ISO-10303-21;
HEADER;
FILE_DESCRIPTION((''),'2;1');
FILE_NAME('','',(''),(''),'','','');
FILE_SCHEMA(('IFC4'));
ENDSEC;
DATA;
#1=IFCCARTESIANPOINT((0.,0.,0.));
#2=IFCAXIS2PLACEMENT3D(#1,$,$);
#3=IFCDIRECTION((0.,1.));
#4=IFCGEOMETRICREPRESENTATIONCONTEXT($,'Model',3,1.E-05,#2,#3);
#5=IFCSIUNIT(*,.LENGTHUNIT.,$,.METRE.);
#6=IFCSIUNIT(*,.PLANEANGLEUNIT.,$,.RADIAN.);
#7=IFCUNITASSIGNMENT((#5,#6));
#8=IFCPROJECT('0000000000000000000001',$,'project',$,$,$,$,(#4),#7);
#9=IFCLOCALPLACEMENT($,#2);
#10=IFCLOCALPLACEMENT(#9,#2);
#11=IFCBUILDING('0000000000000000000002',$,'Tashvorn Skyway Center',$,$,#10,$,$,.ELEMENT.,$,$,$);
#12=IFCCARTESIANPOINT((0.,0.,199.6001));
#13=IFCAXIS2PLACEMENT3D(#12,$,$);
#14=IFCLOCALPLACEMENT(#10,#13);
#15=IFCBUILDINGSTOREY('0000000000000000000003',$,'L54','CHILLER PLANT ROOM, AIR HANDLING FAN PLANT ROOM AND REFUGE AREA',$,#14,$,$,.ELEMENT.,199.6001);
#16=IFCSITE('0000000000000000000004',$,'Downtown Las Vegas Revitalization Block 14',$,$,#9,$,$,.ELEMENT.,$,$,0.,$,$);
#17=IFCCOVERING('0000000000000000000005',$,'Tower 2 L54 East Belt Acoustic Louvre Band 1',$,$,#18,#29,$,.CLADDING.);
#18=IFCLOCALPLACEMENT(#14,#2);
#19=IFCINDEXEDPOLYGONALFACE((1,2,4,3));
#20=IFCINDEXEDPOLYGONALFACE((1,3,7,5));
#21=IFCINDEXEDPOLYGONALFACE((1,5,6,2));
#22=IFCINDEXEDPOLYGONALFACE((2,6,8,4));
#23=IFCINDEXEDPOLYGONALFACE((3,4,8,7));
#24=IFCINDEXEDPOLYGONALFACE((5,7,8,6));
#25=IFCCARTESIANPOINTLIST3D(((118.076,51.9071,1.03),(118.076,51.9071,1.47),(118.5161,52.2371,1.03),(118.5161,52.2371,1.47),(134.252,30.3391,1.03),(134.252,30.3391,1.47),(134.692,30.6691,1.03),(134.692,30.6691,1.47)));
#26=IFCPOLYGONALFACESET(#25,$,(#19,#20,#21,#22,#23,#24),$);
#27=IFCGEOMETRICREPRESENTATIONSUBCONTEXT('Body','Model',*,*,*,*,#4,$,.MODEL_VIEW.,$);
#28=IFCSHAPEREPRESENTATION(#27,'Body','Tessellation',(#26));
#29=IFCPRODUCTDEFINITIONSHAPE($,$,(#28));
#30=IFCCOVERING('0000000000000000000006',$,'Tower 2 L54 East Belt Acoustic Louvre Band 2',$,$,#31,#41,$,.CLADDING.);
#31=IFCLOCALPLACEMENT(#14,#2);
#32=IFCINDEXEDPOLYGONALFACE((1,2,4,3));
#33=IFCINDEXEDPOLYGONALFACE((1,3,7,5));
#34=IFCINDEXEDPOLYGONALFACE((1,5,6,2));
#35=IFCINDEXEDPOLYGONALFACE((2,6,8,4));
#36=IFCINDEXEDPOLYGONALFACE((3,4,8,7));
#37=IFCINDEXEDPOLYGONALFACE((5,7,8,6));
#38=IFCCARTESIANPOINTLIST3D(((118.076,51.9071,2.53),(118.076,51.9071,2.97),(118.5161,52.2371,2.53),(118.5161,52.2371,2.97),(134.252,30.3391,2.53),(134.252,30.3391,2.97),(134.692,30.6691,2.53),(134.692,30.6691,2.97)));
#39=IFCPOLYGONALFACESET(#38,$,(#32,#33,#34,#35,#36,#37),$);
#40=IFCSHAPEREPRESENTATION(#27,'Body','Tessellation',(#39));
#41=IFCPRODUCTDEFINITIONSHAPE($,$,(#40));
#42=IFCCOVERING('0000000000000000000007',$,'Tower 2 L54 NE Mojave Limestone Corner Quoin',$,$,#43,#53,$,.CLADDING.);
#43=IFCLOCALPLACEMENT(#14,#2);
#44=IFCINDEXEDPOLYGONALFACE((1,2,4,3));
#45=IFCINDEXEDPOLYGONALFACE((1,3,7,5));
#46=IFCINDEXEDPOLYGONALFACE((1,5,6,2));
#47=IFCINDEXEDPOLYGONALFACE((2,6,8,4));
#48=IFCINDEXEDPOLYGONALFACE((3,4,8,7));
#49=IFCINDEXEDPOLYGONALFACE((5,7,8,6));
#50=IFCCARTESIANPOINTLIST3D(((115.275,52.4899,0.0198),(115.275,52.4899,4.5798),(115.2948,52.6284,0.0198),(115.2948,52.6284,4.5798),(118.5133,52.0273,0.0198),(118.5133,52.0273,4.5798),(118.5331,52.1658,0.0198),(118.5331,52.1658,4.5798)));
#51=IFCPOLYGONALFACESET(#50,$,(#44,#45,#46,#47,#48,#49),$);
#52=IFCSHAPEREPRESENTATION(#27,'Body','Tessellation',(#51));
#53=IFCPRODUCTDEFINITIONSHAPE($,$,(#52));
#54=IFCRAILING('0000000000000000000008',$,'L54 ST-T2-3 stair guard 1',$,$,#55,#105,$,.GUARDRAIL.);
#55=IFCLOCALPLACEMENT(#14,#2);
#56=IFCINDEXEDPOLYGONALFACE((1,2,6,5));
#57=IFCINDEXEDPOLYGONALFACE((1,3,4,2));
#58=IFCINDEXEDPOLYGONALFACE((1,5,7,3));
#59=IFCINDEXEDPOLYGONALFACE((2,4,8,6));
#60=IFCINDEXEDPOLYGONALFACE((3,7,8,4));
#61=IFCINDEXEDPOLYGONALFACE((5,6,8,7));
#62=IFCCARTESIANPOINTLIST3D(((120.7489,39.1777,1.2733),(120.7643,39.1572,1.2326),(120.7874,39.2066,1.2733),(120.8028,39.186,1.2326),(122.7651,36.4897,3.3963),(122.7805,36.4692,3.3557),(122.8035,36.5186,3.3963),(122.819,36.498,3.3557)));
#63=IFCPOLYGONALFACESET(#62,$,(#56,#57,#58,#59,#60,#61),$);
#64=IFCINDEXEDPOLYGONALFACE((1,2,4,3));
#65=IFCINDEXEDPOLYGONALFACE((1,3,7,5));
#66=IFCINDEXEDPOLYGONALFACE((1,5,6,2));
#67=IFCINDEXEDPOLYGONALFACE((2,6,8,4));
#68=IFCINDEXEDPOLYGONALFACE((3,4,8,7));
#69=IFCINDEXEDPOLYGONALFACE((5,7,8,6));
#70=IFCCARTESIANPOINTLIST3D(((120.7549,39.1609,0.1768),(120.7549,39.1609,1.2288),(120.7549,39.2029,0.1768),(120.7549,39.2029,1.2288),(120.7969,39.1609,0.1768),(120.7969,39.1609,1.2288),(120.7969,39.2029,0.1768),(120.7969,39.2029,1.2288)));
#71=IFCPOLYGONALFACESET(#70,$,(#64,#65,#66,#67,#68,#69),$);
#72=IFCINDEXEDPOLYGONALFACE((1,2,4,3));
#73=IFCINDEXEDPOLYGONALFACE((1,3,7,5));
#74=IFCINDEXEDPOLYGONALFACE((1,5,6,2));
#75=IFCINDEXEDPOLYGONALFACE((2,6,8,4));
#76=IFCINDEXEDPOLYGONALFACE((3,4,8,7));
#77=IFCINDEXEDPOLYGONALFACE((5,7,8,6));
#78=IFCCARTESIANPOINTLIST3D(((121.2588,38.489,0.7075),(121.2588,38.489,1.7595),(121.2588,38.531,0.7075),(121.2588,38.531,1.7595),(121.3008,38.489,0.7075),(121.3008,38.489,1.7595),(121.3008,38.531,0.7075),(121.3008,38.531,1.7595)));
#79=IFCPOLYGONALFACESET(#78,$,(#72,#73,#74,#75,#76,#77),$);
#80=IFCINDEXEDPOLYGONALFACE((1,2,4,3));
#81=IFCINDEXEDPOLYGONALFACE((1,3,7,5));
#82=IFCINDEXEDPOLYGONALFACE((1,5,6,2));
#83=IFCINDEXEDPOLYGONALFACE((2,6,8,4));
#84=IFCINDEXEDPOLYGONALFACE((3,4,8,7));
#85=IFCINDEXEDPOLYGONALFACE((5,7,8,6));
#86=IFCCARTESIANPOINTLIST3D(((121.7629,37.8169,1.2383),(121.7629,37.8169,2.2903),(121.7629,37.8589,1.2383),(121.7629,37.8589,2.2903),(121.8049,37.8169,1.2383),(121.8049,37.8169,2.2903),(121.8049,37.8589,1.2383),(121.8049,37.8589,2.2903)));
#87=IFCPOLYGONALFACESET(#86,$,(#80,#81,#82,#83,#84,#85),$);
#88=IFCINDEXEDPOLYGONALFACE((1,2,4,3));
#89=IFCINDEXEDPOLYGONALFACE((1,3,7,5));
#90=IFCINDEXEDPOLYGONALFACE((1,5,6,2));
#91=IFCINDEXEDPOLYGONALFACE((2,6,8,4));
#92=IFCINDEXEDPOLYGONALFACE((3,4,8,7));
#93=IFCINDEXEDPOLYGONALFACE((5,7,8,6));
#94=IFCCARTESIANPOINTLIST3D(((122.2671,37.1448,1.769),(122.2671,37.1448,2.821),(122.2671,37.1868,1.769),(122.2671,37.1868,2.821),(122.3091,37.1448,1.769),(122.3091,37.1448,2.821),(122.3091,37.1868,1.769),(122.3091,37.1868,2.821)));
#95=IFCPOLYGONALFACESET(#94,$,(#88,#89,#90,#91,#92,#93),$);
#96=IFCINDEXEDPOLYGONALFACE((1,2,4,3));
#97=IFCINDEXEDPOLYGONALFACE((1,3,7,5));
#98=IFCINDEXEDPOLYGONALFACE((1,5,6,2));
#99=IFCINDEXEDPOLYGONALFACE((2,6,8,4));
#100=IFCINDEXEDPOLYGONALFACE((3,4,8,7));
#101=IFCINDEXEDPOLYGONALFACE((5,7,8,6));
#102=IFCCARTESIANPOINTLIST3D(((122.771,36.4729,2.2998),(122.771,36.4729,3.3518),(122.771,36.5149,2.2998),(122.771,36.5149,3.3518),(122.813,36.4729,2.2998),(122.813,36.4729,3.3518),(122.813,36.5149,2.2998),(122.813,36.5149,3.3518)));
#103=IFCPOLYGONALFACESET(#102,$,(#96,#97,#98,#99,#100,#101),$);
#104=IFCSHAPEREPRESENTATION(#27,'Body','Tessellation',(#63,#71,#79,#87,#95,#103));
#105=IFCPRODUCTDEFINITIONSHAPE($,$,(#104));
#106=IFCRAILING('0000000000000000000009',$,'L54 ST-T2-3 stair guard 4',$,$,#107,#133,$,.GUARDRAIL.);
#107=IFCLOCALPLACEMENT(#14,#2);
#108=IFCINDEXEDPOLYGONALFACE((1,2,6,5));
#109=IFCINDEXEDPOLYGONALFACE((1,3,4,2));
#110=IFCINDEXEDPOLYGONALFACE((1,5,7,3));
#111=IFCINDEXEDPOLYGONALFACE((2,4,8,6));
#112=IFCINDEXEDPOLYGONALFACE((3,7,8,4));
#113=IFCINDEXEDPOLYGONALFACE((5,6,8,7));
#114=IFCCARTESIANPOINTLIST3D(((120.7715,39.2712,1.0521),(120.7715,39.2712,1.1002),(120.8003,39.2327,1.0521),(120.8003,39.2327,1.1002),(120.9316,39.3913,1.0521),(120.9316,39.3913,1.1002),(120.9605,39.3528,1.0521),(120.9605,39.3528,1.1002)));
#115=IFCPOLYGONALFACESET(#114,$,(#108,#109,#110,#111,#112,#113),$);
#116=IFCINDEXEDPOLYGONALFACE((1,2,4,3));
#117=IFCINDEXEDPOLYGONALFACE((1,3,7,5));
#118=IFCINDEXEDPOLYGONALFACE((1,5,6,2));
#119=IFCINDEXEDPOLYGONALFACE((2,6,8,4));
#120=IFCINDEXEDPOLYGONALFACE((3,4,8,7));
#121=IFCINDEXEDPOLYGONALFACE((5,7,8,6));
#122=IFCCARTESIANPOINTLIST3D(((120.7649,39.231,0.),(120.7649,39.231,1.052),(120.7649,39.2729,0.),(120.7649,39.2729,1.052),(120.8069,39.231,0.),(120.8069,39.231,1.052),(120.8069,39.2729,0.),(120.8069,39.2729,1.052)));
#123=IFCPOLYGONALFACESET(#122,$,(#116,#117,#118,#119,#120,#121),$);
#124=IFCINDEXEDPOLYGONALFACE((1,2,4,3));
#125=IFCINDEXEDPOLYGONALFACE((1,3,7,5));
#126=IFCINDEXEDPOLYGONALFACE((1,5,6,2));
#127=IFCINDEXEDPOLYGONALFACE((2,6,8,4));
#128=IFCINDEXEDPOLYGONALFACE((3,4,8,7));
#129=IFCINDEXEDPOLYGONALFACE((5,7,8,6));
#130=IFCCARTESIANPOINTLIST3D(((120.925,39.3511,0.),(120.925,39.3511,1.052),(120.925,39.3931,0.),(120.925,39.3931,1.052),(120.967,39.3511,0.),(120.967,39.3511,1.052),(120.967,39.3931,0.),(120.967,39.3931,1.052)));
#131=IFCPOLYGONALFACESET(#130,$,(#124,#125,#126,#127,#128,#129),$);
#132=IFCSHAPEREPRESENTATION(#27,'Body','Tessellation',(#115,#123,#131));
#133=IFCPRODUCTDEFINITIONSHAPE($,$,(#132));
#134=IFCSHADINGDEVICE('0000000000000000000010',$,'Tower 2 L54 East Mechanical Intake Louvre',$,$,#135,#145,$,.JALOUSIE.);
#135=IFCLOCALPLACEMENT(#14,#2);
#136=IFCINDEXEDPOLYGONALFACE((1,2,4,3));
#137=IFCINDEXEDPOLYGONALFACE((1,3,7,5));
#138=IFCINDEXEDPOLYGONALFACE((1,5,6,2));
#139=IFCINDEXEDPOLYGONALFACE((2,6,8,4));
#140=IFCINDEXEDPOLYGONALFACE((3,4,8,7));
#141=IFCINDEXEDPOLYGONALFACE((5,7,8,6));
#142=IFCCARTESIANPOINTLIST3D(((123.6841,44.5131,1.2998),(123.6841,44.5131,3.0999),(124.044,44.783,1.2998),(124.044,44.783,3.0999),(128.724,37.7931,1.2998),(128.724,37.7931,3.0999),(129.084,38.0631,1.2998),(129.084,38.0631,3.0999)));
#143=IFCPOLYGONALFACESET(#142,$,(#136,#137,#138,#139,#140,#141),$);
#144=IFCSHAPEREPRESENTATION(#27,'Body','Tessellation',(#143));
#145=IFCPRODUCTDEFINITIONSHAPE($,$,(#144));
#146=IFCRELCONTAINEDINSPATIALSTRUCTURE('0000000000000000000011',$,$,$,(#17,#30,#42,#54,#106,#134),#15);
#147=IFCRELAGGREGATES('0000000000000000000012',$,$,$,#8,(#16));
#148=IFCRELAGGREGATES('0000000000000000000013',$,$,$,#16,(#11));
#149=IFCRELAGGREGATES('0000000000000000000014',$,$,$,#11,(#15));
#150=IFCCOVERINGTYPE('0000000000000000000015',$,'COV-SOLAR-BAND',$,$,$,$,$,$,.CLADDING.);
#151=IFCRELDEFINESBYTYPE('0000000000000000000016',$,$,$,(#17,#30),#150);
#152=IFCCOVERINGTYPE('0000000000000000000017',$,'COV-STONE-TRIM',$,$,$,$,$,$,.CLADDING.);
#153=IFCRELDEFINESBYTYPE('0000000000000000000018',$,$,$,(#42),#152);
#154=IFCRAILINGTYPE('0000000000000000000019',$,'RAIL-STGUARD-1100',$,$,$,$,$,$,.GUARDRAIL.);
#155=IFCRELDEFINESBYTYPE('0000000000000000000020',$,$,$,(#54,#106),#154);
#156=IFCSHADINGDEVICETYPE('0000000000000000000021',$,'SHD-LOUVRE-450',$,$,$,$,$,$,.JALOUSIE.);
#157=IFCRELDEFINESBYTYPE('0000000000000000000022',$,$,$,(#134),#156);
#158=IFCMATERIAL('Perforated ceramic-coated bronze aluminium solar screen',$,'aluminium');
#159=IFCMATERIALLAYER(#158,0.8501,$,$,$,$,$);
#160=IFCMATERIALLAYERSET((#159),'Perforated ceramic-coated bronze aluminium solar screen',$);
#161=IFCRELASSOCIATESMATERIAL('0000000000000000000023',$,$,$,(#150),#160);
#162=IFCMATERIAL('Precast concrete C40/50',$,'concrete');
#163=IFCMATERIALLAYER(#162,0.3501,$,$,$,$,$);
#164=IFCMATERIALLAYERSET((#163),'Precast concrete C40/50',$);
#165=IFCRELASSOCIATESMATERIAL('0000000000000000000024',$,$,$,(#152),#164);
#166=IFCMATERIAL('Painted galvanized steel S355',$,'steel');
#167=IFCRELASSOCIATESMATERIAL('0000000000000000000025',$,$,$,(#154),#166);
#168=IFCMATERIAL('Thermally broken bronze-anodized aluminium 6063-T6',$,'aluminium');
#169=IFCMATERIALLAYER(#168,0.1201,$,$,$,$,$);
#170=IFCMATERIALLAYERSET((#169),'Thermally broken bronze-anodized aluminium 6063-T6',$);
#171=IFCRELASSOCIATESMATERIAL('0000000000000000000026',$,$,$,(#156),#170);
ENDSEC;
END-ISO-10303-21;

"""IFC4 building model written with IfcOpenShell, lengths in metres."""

from ifc_helpers import new_model, si_unit, direction, frame, origin, origin_2d, place, context, subcontext, project, spatial, rectangle, extrude, material, layer, layer_set, type_object, element, save


model = new_model("IFC4")

# Units and contexts
model_context = context("Model", 3, precision=1e-05, world=origin(), true_north=direction((0.0, 1.0)))
body_context = subcontext(model_context, "Body", "Model", "MODEL_VIEW")
ifc_project = project(units=[si_unit("LENGTHUNIT", "METRE"), si_unit("PLANEANGLEUNIT", "RADIAN")], contexts=[model_context])

# Site, building, storey
site_placement = place(None, origin())
site = spatial("IfcSite", under=ifc_project, at=site_placement, Name="Downtown Las Vegas Revitalization Block 14", CompositionType="ELEMENT", RefElevation=0.0)
building_placement = place(site_placement, origin())
building = spatial("IfcBuilding", under=site, at=building_placement, Name="Tashvorn Skyway Center", CompositionType="ELEMENT")
storey_placement = place(building_placement, frame((0.0, 0.0, 199.6001)))
storey = spatial("IfcBuildingStorey", under=building, at=storey_placement, Name="L54", Description="CHILLER PLANT ROOM, AIR HANDLING FAN PLANT ROOM AND REFUGE AREA", CompositionType="ELEMENT", Elevation=199.6001)

# Shared definitions
ifc_material_1 = material(Name="Precast concrete C40/50", Category="concrete")

# Coverings
ifc_material_2 = material(Name="Perforated ceramic-coated bronze aluminium solar screen", Category="aluminium")
ifc_layer_1 = layer(ifc_material_2, 0.8501)
ifc_layer_set_1 = layer_set([ifc_layer_1], Name="Perforated ceramic-coated bronze aluminium solar screen")
covering_type_1 = type_object("IfcCoveringType", Name="COV-SOLAR-BAND", PredefinedType="CLADDING", material=ifc_layer_set_1)
for number, where, z_axis, x_axis, name in (
    (1, (126.384, 41.2881, 1.03), (0.0, 0.0, 1.0), (0.6, -0.8, 0.0), "Tower 2 L54 East Belt Acoustic Louvre Band 1"),
    (2, (126.384, 41.2881, 2.53), (0.0, 0.0, 1.0), (0.6, -0.8, 0.0), "Tower 2 L54 East Belt Acoustic Louvre Band 2"),
):
    element("IfcCovering", number, at=place(storey_placement, frame(where, z_axis=z_axis, x_axis=x_axis)), inside=storey, type_object=covering_type_1, Name=name, PredefinedType="CLADDING", context=body_context, shape_type="SweptSolid", body=[
        extrude(rectangle(XDim=26.96, YDim=0.55, at=origin_2d()), origin(), (0.0, 0.0, 1.0), 0.4399),
    ])
ifc_layer_2 = layer(ifc_material_1, 0.3501)
ifc_layer_set_2 = layer_set([ifc_layer_2], Name="Precast concrete C40/50")
covering_type_2 = type_object("IfcCoveringType", Name="COV-STONE-TRIM", PredefinedType="CLADDING", material=ifc_layer_set_2)
covering_placement = place(storey_placement, frame((116.9041, 52.3279, 0.0198), z_axis=(0.0, 0.0, 1.0), x_axis=(0.989949, -0.141421, 0.0)))
element("IfcCovering", 3, at=covering_placement, inside=storey, type_object=covering_type_2, Name="Tower 2 L54 NE Mojave Limestone Corner Quoin", PredefinedType="CLADDING", context=body_context, shape_type="SweptSolid", body=[
    extrude(rectangle(XDim=3.2712, YDim=0.1399, at=origin_2d()), origin(), (0.0, 0.0, 1.0), 4.5601),
])

# Railings
ifc_material_3 = material(Name="Painted galvanized steel S355", Category="steel")
railing_type = type_object("IfcRailingType", Name="RAIL-STGUARD-1100", PredefinedType="GUARDRAIL", material=ifc_material_3)
railing_1_placement = place(storey_placement, frame((120.7759, 39.1819, 0.1768)))
element("IfcRailing", 4, at=railing_1_placement, inside=storey, type_object=railing_type, Name="L54 ST-T2-3 stair guard 1", PredefinedType="GUARDRAIL", context=body_context, shape_type="SweptSolid", body=[
    extrude(rectangle(XDim=0.0481, YDim=0.0481, at=origin_2d()), frame((0.0, 0.0, 1.0762), z_axis=(0.507251, -0.676294, 0.534156), x_axis=(0.799983, 0.600023, 0.0)), (0.0, 0.0, 1.0), 3.9746),
    extrude(rectangle(XDim=0.042, YDim=0.042, at=origin_2d()), origin(), (0.0, 0.0, 1.0), 1.052),
    extrude(rectangle(XDim=0.042, YDim=0.042, at=origin_2d()), frame((0.5039, -0.6719, 0.5308)), (0.0, 0.0, 1.0), 1.052),
    extrude(rectangle(XDim=0.042, YDim=0.042, at=origin_2d()), frame((1.0081, -1.344, 1.0615)), (0.0, 0.0, 1.0), 1.052),
    extrude(rectangle(XDim=0.042, YDim=0.042, at=origin_2d()), frame((1.5122, -2.0161, 1.5923)), (0.0, 0.0, 1.0), 1.052),
    extrude(rectangle(XDim=0.042, YDim=0.042, at=origin_2d()), frame((2.0161, -2.688, 2.123)), (0.0, 0.0, 1.0), 1.052),
])
railing_2_placement = place(storey_placement, frame((120.7859, 39.252, 0.0)))
element("IfcRailing", 5, at=railing_2_placement, inside=storey, type_object=railing_type, Name="L54 ST-T2-3 stair guard 4", PredefinedType="GUARDRAIL", context=body_context, shape_type="SweptSolid", body=[
    extrude(rectangle(XDim=0.0481, YDim=0.0481, at=origin_2d()), frame((0.0, 0.0, 1.0762), z_axis=(0.8, 0.6, 0.0), x_axis=(-0.6, 0.8, 0.0)), (0.0, 0.0, 1.0), 0.2002),
    extrude(rectangle(XDim=0.042, YDim=0.042, at=origin_2d()), origin(), (0.0, 0.0, 1.0), 1.052),
    extrude(rectangle(XDim=0.042, YDim=0.042, at=origin_2d()), frame((0.1602, 0.1201, 0.0)), (0.0, 0.0, 1.0), 1.052),
])

# Shading device
ifc_material_4 = material(Name="Thermally broken bronze-anodized aluminium 6063-T6", Category="aluminium")
ifc_layer_3 = layer(ifc_material_4, 0.1201)
ifc_layer_set_3 = layer_set([ifc_layer_3], Name="Thermally broken bronze-anodized aluminium 6063-T6")
shading_device_type = type_object("IfcShadingDeviceType", Name="SHD-LOUVRE-450", PredefinedType="JALOUSIE", material=ifc_layer_set_3)
shading_device_placement = place(storey_placement, frame((126.384, 41.2881, 1.2998), z_axis=(0.0, 0.0, 1.0), x_axis=(0.6, -0.8, 0.0)))
element("IfcShadingDevice", 6, at=shading_device_placement, inside=storey, type_object=shading_device_type, Name="Tower 2 L54 East Mechanical Intake Louvre", PredefinedType="JALOUSIE", context=body_context, shape_type="SweptSolid", body=[
    extrude(rectangle(XDim=8.3999, YDim=0.45, at=origin_2d()), origin(), (0.0, 0.0, 1.0), 1.8),
])

save(model, "model.ifc")
